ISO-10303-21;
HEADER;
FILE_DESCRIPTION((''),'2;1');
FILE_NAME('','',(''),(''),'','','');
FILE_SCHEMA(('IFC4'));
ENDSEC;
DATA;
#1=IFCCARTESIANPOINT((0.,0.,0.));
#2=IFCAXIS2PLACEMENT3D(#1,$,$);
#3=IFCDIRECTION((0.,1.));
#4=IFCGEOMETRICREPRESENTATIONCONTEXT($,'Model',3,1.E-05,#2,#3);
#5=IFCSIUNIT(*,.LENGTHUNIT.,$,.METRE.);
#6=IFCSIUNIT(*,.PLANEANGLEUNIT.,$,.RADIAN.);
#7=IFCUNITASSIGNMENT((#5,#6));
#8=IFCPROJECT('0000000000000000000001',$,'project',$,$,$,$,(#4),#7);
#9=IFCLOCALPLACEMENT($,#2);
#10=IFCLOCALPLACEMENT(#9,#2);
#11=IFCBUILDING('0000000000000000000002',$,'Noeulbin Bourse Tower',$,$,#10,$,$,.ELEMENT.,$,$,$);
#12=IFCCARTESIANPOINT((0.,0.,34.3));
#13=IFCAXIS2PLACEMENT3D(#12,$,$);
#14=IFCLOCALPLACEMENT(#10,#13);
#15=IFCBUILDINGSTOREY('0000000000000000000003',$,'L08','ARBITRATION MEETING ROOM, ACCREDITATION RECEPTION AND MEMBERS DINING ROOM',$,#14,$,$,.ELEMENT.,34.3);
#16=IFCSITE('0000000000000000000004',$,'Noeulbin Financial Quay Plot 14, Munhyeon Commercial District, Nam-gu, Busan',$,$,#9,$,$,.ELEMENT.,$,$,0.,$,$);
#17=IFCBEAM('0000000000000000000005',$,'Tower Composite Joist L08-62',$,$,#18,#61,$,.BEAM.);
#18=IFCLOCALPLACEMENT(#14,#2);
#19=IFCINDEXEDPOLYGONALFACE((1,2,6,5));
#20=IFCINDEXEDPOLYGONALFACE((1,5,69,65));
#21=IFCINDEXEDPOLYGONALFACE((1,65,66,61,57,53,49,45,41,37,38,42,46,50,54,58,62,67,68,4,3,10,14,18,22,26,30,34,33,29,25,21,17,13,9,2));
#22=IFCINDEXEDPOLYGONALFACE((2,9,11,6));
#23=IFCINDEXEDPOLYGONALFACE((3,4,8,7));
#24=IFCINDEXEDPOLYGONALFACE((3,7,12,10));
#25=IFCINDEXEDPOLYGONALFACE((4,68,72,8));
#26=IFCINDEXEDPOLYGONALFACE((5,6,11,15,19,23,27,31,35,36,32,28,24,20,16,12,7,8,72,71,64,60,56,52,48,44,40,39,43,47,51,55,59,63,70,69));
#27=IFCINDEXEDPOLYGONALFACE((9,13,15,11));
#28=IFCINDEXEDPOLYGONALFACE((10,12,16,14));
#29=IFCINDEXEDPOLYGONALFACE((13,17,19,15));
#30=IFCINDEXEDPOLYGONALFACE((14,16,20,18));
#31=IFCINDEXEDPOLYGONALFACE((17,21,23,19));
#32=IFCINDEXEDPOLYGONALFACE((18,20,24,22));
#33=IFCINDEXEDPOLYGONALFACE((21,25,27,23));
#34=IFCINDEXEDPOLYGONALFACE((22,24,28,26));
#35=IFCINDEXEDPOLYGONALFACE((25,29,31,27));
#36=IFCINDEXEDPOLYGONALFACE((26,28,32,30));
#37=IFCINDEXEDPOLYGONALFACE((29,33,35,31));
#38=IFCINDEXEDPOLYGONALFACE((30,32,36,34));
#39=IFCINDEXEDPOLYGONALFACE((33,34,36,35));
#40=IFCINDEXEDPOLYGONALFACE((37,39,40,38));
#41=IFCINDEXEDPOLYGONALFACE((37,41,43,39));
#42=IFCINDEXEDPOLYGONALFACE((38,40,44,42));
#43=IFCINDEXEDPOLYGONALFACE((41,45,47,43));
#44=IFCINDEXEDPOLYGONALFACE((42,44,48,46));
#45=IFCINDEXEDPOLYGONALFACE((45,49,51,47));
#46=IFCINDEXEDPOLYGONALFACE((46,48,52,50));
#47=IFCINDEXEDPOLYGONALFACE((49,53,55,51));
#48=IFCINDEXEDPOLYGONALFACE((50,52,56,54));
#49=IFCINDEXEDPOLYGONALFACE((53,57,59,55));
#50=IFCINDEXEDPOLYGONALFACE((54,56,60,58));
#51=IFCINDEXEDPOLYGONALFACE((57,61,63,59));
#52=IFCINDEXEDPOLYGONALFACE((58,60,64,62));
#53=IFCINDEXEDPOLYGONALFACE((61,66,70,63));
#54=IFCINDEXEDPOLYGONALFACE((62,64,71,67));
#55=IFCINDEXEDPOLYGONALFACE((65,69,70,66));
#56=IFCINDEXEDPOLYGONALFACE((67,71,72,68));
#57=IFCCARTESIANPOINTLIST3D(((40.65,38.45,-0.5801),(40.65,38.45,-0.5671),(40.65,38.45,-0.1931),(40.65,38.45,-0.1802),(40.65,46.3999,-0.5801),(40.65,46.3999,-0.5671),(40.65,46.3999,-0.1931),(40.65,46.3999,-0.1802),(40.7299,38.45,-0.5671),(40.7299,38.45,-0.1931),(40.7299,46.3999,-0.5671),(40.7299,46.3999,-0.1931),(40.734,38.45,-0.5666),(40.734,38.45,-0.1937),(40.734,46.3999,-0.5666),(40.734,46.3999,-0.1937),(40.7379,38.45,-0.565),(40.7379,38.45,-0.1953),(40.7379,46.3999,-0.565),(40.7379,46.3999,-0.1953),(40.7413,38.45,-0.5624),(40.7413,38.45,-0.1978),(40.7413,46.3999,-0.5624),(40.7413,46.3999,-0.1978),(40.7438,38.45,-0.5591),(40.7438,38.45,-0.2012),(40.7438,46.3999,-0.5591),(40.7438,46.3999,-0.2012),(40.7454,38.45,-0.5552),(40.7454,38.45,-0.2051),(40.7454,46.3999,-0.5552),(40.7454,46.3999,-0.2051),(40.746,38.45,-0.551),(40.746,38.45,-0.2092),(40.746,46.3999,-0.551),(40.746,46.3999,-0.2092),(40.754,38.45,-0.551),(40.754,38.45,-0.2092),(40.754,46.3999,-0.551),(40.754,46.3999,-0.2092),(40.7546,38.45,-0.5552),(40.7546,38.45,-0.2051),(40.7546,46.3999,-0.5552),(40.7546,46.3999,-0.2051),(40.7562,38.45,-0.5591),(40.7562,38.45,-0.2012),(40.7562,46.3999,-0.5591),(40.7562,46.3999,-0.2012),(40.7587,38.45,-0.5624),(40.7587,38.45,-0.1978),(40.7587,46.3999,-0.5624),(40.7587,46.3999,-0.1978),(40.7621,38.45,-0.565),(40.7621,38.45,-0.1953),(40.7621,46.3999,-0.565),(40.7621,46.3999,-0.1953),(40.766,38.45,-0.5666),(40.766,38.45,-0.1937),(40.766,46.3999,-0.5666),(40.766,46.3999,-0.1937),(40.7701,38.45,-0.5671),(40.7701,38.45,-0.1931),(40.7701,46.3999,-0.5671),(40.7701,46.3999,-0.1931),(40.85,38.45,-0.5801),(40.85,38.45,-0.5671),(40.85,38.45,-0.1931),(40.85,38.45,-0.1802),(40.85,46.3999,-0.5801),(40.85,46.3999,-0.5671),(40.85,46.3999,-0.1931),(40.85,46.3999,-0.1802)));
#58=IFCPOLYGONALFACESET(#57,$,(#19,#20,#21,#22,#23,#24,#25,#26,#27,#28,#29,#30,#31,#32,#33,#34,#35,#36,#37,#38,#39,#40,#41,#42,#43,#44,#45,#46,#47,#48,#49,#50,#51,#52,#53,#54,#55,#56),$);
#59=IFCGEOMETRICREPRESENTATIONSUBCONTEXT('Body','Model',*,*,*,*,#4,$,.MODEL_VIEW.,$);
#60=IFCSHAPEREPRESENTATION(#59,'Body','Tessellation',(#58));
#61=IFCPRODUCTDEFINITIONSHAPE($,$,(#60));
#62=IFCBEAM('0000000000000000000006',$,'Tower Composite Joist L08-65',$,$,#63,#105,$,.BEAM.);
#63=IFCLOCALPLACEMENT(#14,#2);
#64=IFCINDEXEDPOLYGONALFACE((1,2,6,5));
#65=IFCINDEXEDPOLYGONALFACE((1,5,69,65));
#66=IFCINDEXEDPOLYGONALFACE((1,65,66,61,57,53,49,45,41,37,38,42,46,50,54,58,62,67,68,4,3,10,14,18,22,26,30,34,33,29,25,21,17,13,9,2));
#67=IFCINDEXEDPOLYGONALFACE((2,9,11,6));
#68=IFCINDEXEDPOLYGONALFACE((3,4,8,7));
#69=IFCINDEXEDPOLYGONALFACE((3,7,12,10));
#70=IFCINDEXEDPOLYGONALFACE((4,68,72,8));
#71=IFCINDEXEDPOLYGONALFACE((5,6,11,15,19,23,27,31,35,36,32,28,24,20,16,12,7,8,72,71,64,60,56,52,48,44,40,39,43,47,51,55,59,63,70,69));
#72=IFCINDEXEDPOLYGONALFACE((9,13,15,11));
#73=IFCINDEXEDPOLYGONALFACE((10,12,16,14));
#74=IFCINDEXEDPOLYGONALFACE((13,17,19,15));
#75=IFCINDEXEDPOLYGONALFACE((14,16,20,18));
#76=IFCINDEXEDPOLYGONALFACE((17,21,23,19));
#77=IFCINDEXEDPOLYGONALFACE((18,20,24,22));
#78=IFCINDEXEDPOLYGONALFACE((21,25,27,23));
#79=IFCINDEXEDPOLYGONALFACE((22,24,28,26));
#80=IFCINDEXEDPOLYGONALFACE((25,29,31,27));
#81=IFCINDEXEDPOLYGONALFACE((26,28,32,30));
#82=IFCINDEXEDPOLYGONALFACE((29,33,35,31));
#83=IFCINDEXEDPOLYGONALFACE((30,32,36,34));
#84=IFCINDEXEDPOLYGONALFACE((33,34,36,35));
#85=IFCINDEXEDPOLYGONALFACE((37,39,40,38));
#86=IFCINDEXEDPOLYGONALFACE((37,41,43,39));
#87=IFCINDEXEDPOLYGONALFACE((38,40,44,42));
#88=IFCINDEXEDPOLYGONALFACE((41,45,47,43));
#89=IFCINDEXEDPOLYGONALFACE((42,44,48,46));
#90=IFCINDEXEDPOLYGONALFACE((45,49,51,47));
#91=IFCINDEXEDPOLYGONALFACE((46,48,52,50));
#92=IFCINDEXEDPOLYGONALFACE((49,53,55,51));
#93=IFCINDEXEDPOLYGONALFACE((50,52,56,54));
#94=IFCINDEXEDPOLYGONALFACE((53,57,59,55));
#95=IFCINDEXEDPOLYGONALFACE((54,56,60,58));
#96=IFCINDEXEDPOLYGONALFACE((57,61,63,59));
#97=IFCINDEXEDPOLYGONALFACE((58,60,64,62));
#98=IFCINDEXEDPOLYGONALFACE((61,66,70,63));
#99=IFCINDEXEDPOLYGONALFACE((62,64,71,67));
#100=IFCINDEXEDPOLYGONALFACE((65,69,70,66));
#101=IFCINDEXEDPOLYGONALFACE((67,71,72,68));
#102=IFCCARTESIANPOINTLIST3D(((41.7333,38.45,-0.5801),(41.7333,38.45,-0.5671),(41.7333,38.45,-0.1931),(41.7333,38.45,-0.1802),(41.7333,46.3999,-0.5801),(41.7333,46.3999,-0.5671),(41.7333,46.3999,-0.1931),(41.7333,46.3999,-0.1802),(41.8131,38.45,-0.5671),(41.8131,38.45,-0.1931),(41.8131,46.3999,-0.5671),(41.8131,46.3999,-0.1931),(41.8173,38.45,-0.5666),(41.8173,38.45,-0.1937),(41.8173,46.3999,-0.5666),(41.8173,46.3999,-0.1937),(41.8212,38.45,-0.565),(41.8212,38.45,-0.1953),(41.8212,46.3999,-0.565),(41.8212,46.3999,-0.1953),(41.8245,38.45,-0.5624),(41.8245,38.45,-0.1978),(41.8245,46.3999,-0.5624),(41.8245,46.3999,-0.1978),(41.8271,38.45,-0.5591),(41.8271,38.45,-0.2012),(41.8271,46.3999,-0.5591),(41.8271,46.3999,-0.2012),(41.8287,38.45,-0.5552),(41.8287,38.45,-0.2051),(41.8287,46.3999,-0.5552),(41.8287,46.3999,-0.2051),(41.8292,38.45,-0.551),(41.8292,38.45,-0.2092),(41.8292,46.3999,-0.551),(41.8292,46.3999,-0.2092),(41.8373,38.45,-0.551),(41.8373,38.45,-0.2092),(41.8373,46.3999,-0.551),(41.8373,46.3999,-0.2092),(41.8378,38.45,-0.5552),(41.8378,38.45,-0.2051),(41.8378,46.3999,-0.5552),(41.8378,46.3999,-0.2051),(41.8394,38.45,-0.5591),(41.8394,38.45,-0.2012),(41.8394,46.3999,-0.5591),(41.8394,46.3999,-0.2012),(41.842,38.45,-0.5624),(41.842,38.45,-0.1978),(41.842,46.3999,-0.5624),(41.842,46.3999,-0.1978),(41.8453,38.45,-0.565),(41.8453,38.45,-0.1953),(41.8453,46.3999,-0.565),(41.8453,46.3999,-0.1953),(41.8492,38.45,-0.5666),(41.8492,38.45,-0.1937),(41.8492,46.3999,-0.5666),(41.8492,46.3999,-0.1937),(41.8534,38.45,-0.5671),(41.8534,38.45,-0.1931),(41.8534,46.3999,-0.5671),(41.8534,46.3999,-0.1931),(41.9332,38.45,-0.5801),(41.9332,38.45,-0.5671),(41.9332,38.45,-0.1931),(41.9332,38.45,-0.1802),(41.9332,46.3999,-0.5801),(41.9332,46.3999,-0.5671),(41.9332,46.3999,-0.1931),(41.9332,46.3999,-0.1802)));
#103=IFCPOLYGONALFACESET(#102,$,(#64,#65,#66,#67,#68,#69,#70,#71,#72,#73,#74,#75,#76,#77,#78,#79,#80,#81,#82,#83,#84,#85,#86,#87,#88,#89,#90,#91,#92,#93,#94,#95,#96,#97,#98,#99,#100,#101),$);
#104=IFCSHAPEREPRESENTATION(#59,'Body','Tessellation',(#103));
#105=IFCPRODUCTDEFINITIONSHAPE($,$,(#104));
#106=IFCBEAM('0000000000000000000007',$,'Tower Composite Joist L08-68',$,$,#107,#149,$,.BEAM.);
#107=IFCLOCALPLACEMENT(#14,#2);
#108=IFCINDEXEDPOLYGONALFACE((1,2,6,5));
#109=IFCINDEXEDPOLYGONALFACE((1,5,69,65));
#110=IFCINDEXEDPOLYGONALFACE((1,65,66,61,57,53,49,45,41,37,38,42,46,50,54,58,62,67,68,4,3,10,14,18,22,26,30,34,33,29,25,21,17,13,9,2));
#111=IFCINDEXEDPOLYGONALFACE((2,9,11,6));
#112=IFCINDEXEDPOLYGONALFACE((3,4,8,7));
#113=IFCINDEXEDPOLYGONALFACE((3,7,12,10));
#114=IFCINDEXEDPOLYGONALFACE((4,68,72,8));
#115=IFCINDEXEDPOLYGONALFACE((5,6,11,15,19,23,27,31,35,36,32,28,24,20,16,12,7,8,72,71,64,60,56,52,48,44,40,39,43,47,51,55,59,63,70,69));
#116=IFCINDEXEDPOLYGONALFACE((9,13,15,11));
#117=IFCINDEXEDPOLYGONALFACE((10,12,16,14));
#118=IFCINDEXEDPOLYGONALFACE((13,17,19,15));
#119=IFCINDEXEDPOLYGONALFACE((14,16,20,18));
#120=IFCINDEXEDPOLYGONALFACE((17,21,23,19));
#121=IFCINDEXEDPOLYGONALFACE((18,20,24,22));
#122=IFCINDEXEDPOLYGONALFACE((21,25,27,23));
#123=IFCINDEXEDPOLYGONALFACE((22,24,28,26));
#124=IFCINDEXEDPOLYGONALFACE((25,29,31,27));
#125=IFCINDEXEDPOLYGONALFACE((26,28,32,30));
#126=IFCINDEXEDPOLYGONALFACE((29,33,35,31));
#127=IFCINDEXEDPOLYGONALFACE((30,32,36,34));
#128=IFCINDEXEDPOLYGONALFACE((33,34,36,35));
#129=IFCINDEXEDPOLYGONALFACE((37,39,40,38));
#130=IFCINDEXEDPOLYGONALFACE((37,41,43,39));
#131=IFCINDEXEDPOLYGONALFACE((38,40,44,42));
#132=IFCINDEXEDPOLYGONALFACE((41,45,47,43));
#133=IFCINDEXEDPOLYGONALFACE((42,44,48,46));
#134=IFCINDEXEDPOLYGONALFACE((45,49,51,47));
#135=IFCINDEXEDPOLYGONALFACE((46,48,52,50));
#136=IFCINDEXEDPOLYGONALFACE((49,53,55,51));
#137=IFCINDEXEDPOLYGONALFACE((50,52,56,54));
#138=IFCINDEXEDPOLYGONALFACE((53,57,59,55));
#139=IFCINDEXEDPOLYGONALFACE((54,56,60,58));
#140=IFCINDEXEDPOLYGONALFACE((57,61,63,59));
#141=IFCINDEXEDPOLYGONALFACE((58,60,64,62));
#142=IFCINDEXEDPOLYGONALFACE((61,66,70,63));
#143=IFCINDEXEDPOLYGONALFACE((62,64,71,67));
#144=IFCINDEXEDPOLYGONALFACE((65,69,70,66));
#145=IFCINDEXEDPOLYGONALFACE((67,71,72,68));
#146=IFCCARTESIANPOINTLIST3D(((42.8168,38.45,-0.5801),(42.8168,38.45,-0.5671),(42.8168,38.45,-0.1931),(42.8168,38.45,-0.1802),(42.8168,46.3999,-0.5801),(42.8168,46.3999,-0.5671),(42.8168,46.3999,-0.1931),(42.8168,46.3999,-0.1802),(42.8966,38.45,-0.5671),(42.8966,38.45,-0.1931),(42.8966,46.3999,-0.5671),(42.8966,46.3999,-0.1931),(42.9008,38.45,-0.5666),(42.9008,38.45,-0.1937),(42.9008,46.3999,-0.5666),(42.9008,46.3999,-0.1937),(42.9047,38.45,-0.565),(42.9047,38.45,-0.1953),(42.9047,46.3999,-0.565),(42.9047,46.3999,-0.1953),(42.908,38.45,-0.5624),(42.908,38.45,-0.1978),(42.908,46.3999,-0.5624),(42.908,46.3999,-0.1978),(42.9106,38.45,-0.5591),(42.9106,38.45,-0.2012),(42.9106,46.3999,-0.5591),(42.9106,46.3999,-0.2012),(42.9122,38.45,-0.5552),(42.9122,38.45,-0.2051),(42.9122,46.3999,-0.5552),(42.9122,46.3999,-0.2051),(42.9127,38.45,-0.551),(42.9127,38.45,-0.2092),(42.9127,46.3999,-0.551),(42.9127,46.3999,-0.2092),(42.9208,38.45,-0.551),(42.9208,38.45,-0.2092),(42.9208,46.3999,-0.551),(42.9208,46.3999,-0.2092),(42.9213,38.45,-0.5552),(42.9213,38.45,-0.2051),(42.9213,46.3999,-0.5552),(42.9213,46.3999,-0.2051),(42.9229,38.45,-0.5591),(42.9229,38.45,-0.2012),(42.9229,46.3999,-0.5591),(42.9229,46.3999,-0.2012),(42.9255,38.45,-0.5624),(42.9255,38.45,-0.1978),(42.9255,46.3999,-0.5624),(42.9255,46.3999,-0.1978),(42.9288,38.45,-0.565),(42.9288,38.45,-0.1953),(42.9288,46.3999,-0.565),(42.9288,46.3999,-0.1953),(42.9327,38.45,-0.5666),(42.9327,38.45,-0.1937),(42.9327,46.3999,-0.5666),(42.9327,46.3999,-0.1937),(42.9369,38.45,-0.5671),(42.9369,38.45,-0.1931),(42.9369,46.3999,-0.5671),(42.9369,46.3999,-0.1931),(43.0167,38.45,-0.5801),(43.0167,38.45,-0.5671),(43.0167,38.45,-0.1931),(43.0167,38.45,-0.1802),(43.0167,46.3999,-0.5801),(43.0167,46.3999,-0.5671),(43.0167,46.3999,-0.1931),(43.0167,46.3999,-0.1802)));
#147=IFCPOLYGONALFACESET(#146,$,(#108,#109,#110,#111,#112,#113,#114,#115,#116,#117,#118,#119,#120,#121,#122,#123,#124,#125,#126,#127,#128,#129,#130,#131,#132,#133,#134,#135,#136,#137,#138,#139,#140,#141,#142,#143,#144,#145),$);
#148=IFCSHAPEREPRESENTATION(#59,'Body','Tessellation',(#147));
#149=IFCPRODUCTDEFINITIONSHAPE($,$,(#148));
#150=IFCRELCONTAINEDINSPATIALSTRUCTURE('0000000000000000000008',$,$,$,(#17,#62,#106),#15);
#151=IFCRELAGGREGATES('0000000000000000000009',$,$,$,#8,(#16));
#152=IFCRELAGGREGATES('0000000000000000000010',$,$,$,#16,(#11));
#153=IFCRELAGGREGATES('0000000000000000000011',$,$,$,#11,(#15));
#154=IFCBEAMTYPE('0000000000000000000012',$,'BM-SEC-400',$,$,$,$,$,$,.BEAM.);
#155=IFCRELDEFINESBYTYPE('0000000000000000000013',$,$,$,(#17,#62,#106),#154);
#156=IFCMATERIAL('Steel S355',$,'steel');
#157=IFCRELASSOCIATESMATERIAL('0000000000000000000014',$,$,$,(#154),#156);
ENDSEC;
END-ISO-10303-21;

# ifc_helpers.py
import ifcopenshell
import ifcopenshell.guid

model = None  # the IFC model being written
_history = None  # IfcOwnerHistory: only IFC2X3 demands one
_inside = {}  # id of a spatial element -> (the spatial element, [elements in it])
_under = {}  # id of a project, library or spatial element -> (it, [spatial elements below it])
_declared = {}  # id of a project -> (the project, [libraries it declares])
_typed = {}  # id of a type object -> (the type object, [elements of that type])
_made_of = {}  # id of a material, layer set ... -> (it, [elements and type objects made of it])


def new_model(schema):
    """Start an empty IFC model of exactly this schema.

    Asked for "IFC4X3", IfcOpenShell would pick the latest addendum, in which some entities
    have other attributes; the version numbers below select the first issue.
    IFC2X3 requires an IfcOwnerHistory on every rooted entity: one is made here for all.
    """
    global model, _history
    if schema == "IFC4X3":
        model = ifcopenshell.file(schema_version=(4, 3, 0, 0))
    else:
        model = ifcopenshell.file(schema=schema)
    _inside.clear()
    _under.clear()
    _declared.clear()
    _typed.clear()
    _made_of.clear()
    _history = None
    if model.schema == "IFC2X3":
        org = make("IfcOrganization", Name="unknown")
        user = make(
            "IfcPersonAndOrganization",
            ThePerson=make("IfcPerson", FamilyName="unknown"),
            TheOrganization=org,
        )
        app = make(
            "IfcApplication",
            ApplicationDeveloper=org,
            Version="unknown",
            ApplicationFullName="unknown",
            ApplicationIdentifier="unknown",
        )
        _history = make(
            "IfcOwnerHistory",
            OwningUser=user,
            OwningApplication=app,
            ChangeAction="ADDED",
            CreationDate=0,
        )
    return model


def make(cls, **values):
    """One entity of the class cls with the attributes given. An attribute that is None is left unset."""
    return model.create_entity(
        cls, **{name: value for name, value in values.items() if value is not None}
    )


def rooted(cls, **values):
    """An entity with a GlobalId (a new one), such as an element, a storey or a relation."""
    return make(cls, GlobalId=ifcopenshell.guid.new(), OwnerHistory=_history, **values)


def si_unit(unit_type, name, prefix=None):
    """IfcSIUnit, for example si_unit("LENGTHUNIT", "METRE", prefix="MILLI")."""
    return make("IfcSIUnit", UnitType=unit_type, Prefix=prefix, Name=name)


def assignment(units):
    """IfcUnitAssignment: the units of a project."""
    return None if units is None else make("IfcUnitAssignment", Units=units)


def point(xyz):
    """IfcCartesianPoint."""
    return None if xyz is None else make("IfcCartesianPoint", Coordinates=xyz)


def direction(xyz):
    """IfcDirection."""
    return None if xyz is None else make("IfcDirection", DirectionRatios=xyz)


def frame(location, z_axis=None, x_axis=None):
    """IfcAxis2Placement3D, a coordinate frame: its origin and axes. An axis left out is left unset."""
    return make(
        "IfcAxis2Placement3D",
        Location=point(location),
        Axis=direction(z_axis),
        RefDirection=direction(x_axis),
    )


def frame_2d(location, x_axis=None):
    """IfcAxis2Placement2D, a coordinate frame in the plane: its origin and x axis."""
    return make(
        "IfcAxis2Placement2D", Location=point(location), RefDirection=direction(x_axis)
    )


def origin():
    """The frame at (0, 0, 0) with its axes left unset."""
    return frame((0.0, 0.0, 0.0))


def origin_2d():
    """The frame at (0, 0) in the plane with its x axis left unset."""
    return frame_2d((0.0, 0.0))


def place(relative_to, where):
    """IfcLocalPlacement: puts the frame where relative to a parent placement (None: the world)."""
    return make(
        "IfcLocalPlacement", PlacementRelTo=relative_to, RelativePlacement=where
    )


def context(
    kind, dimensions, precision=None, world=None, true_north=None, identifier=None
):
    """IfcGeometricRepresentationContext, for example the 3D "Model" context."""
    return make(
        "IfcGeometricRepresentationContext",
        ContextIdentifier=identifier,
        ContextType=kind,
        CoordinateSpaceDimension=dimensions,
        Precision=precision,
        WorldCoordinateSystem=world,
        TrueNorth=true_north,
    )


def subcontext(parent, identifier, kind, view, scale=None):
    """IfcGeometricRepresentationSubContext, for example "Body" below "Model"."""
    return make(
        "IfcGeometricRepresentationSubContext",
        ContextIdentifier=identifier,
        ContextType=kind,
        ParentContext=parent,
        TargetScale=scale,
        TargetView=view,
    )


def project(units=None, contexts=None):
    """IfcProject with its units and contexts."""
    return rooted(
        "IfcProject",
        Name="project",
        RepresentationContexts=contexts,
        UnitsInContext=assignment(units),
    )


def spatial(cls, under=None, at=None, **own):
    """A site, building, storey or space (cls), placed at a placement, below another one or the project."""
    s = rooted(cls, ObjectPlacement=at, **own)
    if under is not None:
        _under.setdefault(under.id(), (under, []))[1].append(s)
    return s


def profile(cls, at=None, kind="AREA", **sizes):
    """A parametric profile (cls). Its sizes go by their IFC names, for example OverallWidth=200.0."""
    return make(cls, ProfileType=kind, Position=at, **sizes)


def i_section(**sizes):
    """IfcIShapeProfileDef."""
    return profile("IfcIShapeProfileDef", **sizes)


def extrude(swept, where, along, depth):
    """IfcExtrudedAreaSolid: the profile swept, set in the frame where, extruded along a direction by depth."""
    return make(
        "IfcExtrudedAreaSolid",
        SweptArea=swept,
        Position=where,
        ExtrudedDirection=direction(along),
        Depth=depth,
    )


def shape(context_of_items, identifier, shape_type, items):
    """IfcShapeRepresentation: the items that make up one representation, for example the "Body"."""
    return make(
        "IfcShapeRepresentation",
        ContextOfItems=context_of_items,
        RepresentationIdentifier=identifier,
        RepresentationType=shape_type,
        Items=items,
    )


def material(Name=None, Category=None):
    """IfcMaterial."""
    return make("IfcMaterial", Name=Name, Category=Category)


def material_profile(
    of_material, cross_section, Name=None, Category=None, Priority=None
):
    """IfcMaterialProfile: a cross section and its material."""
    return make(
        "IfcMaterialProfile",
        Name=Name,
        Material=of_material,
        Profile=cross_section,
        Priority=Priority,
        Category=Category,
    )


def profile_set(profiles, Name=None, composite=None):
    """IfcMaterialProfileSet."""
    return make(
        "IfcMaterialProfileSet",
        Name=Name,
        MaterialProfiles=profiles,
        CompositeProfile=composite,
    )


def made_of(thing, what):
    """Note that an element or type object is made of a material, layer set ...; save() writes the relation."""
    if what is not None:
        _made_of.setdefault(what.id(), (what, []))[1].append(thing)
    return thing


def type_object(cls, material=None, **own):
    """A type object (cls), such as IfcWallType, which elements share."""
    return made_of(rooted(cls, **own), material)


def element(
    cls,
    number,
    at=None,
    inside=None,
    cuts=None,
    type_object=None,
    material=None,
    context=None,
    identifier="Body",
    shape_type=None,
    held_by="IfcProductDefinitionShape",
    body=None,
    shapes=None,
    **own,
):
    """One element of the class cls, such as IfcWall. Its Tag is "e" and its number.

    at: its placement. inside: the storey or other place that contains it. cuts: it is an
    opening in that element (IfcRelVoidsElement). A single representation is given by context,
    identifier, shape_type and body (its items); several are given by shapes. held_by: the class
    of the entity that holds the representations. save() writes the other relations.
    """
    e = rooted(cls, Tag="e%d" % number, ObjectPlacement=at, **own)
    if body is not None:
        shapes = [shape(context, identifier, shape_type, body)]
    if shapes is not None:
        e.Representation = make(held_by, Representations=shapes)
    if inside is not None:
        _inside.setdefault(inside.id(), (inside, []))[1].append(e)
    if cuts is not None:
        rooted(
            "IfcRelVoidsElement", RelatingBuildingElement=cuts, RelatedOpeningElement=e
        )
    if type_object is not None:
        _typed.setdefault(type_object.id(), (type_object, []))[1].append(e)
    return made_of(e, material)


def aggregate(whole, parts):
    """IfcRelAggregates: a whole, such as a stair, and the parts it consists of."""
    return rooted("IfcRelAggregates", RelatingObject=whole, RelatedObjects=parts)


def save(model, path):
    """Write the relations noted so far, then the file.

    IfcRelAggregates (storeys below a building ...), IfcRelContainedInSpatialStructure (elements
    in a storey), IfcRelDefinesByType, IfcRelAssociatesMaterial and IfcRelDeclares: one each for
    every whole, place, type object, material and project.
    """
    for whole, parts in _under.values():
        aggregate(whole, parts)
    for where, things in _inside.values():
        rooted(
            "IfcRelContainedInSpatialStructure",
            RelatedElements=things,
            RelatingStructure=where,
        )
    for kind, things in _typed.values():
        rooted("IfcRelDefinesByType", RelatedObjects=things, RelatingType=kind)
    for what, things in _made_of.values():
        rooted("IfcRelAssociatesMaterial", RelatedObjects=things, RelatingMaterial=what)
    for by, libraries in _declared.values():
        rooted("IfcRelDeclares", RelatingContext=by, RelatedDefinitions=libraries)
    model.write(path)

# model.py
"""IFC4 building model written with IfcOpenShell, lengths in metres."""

from ifc_helpers import new_model, si_unit, direction, frame, origin, origin_2d, place, context, subcontext, project, spatial, i_section, extrude, material, material_profile, profile_set, type_object, element, save


model = new_model("IFC4")

# Units and contexts
model_context = context("Model", 3, precision=1e-05, world=origin(), true_north=direction((0.0, 1.0)))
body_context = subcontext(model_context, "Body", "Model", "MODEL_VIEW")
ifc_project = project(units=[si_unit("LENGTHUNIT", "METRE"), si_unit("PLANEANGLEUNIT", "RADIAN")], contexts=[model_context])

# Site, building, storey
site_placement = place(None, origin())
site = spatial("IfcSite", under=ifc_project, at=site_placement, Name="Noeulbin Financial Quay Plot 14, Munhyeon Commercial District, Nam-gu, Busan", CompositionType="ELEMENT", RefElevation=0.0)
building_placement = place(site_placement, origin())
building = spatial("IfcBuilding", under=site, at=building_placement, Name="Noeulbin Bourse Tower", CompositionType="ELEMENT")
storey_placement = place(building_placement, frame((0.0, 0.0, 34.3)))
storey = spatial("IfcBuildingStorey", under=building, at=storey_placement, Name="L08", Description="ARBITRATION MEETING ROOM, ACCREDITATION RECEPTION AND MEMBERS DINING ROOM", CompositionType="ELEMENT", Elevation=34.3)

# Beams
ifc_material_1 = material(Name="Steel S355", Category="steel")
ifc_material_profile_1 = material_profile(ifc_material_1, i_section(OverallWidth=0.2, OverallDepth=0.3999, WebThickness=0.0081, FlangeThickness=0.0129, FilletRadius=0.0161, at=origin_2d()), Name="H-400x200x8x13", Category="LoadBearing")
ifc_profile_set_1 = profile_set([ifc_material_profile_1], Name="Steel S355")
beam_type_1 = type_object("IfcBeamType", Name="BM-SEC-400", PredefinedType="BEAM", material=ifc_profile_set_1)
for number, where, z_axis, x_axis, name in (
    (1, (40.75, 38.45, -0.3801), (0.0, 1.0, 0.0), (-1.0, 0.0, 0.0), "Tower Composite Joist L08-62"),
    (2, (41.8333, 38.45, -0.3801), (0.0, 1.0, 0.0), (-1.0, 0.0, 0.0), "Tower Composite Joist L08-65"),
    (3, (42.9167, 38.45, -0.3801), (0.0, 1.0, 0.0), (-1.0, 0.0, 0.0), "Tower Composite Joist L08-68"),
):
    element("IfcBeam", number, at=place(storey_placement, frame(where, z_axis=z_axis, x_axis=x_axis)), inside=storey, type_object=beam_type_1, Name=name, PredefinedType="BEAM", context=body_context, shape_type="SweptSolid", body=[
        extrude(i_section(OverallWidth=0.2, OverallDepth=0.3999, WebThickness=0.0081, FlangeThickness=0.0129, FilletRadius=0.0161, at=origin_2d()), origin(), (0.0, 0.0, 1.0), 7.95),
    ])

save(model, "model.ifc")
